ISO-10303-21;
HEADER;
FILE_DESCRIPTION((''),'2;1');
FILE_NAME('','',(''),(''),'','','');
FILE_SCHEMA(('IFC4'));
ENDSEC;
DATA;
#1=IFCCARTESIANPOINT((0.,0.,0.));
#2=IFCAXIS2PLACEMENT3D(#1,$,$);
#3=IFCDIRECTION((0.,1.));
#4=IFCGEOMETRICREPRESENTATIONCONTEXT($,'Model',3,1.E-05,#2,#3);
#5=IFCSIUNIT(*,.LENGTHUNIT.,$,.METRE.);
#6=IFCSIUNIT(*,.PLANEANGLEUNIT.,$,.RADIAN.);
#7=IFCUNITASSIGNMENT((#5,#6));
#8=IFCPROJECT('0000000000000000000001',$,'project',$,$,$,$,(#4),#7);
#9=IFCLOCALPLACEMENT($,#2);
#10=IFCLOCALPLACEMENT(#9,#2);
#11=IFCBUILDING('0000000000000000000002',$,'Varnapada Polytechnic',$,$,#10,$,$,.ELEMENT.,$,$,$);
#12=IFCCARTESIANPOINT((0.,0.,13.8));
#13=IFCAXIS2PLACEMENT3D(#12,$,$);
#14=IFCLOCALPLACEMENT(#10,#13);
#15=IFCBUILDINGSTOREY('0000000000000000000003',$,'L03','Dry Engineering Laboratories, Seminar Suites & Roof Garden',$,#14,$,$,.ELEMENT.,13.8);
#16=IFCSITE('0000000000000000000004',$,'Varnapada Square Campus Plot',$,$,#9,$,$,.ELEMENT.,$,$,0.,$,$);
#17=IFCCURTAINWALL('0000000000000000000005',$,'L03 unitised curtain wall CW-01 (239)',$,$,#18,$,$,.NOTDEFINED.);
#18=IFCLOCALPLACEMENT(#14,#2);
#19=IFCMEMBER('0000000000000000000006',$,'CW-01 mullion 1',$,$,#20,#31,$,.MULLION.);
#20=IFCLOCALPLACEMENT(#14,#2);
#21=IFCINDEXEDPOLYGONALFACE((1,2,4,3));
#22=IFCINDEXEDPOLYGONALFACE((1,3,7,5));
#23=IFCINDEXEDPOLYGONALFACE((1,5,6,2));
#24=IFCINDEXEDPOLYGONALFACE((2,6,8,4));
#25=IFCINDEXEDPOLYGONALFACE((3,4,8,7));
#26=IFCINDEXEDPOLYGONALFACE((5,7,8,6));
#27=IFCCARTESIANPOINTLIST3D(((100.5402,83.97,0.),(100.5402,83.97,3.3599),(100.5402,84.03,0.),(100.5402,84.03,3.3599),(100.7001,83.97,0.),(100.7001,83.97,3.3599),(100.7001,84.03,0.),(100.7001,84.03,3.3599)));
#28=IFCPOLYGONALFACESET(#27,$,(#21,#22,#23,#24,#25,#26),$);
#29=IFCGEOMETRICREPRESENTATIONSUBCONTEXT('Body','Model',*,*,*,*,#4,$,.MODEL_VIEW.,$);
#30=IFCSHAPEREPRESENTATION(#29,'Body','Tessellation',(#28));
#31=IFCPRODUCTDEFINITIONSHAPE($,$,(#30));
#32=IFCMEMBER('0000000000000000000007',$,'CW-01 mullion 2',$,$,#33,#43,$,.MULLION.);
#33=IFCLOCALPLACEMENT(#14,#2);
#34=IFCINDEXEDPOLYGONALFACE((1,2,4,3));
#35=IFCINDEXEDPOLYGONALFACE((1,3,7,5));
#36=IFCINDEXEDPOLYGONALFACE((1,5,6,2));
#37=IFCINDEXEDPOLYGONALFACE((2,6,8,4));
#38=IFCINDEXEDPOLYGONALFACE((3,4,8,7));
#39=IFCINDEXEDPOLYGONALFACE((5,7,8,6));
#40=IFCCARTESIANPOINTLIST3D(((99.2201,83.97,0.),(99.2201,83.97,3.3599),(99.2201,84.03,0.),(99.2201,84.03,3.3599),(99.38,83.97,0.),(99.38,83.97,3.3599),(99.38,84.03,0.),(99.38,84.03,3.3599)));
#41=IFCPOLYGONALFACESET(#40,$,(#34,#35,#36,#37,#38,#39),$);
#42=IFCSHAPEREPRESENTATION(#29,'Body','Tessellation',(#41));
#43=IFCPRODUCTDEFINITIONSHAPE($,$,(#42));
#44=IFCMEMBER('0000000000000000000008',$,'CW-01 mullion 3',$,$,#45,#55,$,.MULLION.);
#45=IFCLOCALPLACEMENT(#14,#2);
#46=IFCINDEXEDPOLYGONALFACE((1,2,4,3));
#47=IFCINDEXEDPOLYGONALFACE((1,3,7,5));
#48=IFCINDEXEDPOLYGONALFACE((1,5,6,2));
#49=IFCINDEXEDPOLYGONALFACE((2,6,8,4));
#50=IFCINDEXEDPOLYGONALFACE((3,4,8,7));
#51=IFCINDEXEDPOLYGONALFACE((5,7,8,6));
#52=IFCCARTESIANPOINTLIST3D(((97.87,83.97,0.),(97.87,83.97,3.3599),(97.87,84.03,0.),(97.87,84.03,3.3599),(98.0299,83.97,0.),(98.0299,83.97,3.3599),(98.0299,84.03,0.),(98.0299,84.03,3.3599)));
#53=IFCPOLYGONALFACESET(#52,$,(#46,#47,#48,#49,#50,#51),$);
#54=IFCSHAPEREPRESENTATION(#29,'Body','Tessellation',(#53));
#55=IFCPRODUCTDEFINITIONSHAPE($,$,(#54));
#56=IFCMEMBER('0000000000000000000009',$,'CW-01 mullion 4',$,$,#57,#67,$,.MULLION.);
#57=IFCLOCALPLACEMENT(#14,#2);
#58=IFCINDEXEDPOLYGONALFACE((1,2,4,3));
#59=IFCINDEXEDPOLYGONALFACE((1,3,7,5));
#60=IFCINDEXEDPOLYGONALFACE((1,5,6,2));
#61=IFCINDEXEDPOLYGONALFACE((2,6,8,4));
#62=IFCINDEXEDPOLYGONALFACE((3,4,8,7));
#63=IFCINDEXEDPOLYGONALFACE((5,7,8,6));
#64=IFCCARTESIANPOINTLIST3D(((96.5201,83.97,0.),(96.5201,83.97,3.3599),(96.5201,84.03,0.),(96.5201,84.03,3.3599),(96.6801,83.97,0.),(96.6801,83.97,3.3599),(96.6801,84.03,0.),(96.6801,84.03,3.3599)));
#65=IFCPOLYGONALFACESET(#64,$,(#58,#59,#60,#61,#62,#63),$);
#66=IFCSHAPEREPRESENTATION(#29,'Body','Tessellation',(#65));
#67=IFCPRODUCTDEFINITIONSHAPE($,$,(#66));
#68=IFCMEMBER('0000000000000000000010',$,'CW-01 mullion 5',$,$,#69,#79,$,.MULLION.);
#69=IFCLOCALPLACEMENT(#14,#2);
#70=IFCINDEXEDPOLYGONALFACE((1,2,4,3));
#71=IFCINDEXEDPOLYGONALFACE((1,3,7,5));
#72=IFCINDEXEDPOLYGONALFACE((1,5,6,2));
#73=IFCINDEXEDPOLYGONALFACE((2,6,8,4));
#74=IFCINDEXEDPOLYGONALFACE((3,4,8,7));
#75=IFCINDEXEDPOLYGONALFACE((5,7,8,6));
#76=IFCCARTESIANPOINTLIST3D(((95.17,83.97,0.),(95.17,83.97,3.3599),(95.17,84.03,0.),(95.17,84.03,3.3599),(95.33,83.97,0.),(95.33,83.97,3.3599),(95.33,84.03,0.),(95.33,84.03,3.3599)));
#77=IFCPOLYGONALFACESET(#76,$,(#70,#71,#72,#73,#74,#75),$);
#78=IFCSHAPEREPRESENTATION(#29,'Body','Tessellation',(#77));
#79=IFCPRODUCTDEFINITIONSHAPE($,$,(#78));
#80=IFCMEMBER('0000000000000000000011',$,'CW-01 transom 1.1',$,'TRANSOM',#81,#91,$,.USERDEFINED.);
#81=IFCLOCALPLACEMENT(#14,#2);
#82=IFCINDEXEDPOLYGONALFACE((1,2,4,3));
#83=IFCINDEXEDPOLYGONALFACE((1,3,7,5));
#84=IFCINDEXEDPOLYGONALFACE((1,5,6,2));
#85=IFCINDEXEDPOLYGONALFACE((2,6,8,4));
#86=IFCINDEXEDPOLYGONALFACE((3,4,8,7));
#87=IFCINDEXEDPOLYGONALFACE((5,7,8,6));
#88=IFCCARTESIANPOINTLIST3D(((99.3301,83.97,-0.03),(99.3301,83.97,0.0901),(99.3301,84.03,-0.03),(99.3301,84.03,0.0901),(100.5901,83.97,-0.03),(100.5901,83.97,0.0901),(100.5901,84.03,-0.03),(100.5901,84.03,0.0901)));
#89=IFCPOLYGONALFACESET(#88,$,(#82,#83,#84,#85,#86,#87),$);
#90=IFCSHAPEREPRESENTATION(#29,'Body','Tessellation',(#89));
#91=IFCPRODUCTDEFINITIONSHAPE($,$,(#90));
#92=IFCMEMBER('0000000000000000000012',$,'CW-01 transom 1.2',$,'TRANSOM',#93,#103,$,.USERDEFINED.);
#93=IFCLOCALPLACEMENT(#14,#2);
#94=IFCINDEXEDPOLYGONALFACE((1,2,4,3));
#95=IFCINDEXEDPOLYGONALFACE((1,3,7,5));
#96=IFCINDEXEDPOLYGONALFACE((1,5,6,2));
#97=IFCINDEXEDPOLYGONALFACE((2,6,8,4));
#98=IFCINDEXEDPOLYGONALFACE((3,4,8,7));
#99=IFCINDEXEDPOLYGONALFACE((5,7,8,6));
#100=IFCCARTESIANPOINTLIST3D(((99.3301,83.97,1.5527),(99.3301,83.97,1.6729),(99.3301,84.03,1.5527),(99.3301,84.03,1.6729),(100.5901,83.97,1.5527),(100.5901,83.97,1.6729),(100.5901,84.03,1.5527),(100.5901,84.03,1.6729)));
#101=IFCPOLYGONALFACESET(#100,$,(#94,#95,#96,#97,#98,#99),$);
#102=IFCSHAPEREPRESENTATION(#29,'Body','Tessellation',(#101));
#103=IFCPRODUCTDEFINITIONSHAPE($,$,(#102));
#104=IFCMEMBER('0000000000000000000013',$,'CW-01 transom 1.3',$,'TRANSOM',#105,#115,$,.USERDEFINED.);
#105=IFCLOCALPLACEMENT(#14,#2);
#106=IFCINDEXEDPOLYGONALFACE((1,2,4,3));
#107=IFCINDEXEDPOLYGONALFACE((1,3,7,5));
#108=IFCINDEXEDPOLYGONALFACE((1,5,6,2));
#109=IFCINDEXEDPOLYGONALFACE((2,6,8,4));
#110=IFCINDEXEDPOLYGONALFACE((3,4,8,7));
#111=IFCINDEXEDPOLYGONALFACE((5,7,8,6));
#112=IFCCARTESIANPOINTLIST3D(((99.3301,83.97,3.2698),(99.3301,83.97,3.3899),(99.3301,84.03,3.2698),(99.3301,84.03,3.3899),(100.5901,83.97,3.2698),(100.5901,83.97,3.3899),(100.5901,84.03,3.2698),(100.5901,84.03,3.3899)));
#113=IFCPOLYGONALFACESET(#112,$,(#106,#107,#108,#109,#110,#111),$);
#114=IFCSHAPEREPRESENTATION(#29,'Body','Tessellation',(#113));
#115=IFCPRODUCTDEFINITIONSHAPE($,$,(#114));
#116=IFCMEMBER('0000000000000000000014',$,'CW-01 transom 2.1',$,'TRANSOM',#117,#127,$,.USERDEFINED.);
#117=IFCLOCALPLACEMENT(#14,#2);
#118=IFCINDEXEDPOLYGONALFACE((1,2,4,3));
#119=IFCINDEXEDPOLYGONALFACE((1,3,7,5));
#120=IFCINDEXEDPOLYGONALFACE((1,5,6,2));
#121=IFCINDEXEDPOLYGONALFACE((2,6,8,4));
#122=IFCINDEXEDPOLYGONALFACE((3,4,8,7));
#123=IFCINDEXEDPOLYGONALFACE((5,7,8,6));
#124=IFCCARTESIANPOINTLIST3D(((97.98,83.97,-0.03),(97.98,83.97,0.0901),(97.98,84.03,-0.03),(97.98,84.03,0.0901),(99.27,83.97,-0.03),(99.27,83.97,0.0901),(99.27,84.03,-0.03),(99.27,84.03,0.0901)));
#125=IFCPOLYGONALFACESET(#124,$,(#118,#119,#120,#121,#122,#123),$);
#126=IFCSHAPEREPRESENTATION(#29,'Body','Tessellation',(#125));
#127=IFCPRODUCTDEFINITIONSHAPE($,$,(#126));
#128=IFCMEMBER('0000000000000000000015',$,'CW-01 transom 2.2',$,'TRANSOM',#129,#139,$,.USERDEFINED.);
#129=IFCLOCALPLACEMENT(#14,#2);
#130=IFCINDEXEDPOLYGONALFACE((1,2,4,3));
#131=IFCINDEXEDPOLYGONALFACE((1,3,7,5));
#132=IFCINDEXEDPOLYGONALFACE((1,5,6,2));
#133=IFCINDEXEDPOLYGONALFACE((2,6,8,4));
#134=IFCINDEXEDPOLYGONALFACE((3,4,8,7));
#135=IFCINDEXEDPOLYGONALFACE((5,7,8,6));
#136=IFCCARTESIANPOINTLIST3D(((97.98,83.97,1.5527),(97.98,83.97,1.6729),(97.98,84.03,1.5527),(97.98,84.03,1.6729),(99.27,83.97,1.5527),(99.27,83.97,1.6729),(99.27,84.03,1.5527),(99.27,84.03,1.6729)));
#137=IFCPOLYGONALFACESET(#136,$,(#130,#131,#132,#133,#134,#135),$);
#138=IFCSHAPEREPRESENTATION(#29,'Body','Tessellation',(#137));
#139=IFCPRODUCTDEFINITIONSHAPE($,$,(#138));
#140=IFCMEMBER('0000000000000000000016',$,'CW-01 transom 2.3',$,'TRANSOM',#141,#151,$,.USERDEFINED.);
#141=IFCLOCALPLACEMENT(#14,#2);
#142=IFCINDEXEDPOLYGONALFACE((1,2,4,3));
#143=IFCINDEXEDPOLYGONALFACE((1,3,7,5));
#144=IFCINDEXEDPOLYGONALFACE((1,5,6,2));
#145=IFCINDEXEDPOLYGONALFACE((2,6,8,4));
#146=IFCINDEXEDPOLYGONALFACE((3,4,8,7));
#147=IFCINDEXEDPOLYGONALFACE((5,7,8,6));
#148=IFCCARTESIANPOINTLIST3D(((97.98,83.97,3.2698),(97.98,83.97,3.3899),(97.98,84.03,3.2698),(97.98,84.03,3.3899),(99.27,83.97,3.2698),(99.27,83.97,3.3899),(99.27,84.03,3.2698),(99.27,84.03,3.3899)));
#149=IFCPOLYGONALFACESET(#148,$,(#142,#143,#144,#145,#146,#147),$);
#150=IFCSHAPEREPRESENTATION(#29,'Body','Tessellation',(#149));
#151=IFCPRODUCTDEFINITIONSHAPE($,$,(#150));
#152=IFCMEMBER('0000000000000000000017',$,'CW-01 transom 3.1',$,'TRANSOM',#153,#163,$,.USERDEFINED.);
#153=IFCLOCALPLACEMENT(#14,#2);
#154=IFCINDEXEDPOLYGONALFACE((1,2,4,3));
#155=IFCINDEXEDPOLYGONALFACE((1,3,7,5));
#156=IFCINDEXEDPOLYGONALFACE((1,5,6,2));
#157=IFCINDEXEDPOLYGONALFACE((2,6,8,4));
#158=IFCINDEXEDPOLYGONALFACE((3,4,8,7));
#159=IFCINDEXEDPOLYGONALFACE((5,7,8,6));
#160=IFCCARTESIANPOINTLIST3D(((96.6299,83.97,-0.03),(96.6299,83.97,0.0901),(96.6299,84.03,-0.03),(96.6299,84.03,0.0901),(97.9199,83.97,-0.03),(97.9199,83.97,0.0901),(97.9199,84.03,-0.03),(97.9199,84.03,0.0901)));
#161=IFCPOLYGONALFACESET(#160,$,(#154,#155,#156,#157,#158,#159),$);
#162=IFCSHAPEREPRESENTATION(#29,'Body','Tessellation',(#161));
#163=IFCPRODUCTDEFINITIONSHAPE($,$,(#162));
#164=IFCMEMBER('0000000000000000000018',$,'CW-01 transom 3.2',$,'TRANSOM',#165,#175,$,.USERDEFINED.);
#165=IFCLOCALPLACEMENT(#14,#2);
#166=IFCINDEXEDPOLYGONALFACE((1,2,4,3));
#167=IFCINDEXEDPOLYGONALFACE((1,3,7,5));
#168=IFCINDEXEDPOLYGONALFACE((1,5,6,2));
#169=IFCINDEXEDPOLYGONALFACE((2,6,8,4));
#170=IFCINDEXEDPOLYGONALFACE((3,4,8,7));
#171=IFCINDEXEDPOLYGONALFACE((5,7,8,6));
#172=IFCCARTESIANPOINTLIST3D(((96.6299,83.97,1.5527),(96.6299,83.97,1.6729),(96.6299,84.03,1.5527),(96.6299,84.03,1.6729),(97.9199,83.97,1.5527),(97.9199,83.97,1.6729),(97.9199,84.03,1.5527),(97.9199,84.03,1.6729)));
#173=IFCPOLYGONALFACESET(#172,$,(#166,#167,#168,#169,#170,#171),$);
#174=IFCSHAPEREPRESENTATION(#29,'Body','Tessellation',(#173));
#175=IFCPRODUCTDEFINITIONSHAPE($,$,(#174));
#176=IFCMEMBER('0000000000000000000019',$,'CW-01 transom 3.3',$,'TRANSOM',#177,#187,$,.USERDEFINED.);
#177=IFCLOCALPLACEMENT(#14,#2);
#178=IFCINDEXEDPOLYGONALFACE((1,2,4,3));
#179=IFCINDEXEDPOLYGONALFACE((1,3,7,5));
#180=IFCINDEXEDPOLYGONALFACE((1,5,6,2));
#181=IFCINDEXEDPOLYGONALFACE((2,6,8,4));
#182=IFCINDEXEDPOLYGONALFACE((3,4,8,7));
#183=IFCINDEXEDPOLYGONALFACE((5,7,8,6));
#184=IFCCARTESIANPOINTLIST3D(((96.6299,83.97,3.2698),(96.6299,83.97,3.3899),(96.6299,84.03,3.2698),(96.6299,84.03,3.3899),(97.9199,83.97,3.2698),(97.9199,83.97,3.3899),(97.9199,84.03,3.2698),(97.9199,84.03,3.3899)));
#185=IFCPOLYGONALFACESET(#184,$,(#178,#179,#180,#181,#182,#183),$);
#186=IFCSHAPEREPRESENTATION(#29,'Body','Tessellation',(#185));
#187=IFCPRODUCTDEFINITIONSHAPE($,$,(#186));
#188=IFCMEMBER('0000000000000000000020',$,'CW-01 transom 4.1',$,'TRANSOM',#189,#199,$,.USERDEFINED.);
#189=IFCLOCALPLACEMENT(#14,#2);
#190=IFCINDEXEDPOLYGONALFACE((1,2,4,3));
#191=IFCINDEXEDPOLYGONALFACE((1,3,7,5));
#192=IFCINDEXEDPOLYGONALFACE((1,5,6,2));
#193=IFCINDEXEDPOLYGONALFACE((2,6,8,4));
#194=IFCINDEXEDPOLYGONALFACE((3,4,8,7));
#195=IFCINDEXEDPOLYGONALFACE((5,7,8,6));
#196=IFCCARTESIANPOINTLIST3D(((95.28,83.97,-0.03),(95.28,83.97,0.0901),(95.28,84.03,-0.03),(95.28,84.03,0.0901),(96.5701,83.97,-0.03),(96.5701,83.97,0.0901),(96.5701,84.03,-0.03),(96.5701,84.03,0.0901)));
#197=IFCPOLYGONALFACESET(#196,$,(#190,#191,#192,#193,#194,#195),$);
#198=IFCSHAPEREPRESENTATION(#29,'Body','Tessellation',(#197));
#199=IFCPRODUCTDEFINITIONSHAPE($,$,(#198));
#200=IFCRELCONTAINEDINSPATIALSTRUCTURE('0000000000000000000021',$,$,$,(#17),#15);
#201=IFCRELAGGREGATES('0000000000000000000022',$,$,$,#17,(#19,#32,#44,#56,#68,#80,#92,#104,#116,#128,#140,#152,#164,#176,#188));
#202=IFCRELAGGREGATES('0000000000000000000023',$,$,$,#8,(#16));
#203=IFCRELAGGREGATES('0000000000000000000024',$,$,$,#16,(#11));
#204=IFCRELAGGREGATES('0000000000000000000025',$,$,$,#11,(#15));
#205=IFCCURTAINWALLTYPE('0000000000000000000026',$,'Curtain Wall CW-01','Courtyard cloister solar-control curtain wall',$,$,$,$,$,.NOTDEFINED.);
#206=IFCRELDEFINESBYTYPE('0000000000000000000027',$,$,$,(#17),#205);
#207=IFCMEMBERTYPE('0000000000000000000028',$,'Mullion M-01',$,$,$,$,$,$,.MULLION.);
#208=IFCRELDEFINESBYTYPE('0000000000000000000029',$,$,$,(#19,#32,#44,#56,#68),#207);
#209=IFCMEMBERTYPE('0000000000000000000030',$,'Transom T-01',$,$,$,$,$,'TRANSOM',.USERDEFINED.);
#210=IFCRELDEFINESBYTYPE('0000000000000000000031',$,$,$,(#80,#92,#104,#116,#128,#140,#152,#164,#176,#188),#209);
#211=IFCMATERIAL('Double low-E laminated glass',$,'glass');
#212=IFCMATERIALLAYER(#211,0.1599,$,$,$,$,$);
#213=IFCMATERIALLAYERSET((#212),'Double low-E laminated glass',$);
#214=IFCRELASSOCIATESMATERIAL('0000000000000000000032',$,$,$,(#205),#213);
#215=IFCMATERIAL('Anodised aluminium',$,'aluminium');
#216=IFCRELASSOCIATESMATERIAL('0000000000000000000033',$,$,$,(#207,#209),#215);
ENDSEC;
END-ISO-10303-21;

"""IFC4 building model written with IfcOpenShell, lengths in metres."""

from ifc_helpers import new_model, si_unit, direction, frame, origin, origin_2d, place, context, subcontext, project, spatial, rectangle, extrude, material, layer, layer_set, material_profile, profile_set, type_object, element, aggregate, save


model = new_model("IFC4")

# Units and contexts
model_context = context("Model", 3, precision=1e-05, world=origin(), true_north=direction((0.0, 1.0)))
body_context = subcontext(model_context, "Body", "Model", "MODEL_VIEW")
ifc_project = project(units=[si_unit("LENGTHUNIT", "METRE"), si_unit("PLANEANGLEUNIT", "RADIAN")], contexts=[model_context])

# Site, building, storey
site_placement = place(None, origin())
site = spatial("IfcSite", under=ifc_project, at=site_placement, Name="Varnapada Square Campus Plot", CompositionType="ELEMENT", RefElevation=0.0)
building_placement = place(site_placement, origin())
building = spatial("IfcBuilding", under=site, at=building_placement, Name="Varnapada Polytechnic", CompositionType="ELEMENT")
storey_placement = place(building_placement, frame((0.0, 0.0, 13.8)))
storey = spatial("IfcBuildingStorey", under=building, at=storey_placement, Name="L03", Description="Dry Engineering Laboratories, Seminar Suites & Roof Garden", CompositionType="ELEMENT", Elevation=13.8)

# Curtain wall, members
ifc_material_1 = material(Name="Double low-E laminated glass", Category="glass")
ifc_layer_1 = layer(ifc_material_1, 0.1599)
ifc_layer_set_1 = layer_set([ifc_layer_1], Name="Double low-E laminated glass")
curtain_wall_type = type_object("IfcCurtainWallType", Name="Curtain Wall CW-01", Description="Courtyard cloister solar-control curtain wall", PredefinedType="NOTDEFINED", material=ifc_layer_set_1)
curtain_wall_placement = place(storey_placement, origin())
curtain_wall = element("IfcCurtainWall", 1, at=curtain_wall_placement, inside=storey, type_object=curtain_wall_type, Name="L03 unitised curtain wall CW-01 (239)", PredefinedType="NOTDEFINED")
ifc_material_2 = material(Name="Anodised aluminium", Category="aluminium")
ifc_material_profile_1 = material_profile(ifc_material_2, rectangle(XDim=0.0601, YDim=0.1599, at=origin_2d()), Name="ALU M60x160")
ifc_profile_set_1 = profile_set([ifc_material_profile_1], Name="Anodised aluminium")
member_type_1 = type_object("IfcMemberType", Name="Mullion M-01", PredefinedType="MULLION", material=ifc_profile_set_1)
member_1_placement = place(storey_placement, frame((100.6201, 84.0, 0.0), z_axis=(0.0, 0.0, 1.0), x_axis=(0.0, -1.0, 0.0)))
member_1 = element("IfcMember", 2, at=member_1_placement, type_object=member_type_1, Name="CW-01 mullion 1", PredefinedType="MULLION", context=body_context, shape_type="SweptSolid", body=[
    extrude(rectangle(XDim=0.0601, YDim=0.1599, at=origin_2d()), origin(), (0.0, 0.0, 1.0), 3.3599),
])
member_2_placement = place(storey_placement, frame((99.3, 84.0, 0.0), z_axis=(0.0, 0.0, 1.0), x_axis=(0.0, -1.0, 0.0)))
member_2 = element("IfcMember", 3, at=member_2_placement, type_object=member_type_1, Name="CW-01 mullion 2", PredefinedType="MULLION", context=body_context, shape_type="SweptSolid", body=[
    extrude(rectangle(XDim=0.0601, YDim=0.1599, at=origin_2d()), origin(), (0.0, 0.0, 1.0), 3.3599),
])
member_3_placement = place(storey_placement, frame((97.95, 84.0, 0.0), z_axis=(0.0, 0.0, 1.0), x_axis=(0.0, -1.0, 0.0)))
member_3 = element("IfcMember", 4, at=member_3_placement, type_object=member_type_1, Name="CW-01 mullion 3", PredefinedType="MULLION", context=body_context, shape_type="SweptSolid", body=[
    extrude(rectangle(XDim=0.0601, YDim=0.1599, at=origin_2d()), origin(), (0.0, 0.0, 1.0), 3.3599),
])
member_4_placement = place(storey_placement, frame((96.6001, 84.0, 0.0), z_axis=(0.0, 0.0, 1.0), x_axis=(0.0, -1.0, 0.0)))
member_4 = element("IfcMember", 5, at=member_4_placement, type_object=member_type_1, Name="CW-01 mullion 4", PredefinedType="MULLION", context=body_context, shape_type="SweptSolid", body=[
    extrude(rectangle(XDim=0.0601, YDim=0.1599, at=origin_2d()), origin(), (0.0, 0.0, 1.0), 3.3599),
])
member_5_placement = place(storey_placement, frame((95.25, 84.0, 0.0), z_axis=(0.0, 0.0, 1.0), x_axis=(0.0, -1.0, 0.0)))
member_5 = element("IfcMember", 6, at=member_5_placement, type_object=member_type_1, Name="CW-01 mullion 5", PredefinedType="MULLION", context=body_context, shape_type="SweptSolid", body=[
    extrude(rectangle(XDim=0.0601, YDim=0.1599, at=origin_2d()), origin(), (0.0, 0.0, 1.0), 3.3599),
])
ifc_material_profile_2 = material_profile(ifc_material_2, rectangle(XDim=0.0601, YDim=0.1201, at=origin_2d()), Name="ALU T60x120")
ifc_profile_set_2 = profile_set([ifc_material_profile_2], Name="Anodised aluminium")
member_type_2 = type_object("IfcMemberType", Name="Transom T-01", ElementType="TRANSOM", PredefinedType="USERDEFINED", material=ifc_profile_set_2)
member_6_placement = place(storey_placement, frame((100.5901, 84.0, 0.03), z_axis=(-1.0, 0.0, 0.0), x_axis=(0.0, -1.0, 0.0)))
member_6 = element("IfcMember", 7, at=member_6_placement, type_object=member_type_2, Name="CW-01 transom 1.1", ObjectType="TRANSOM", PredefinedType="USERDEFINED", context=body_context, shape_type="SweptSolid", body=[
    extrude(rectangle(XDim=0.0601, YDim=0.1201, at=origin_2d()), origin(), (0.0, 0.0, 1.0), 1.26),
])
member_7_placement = place(storey_placement, frame((100.5901, 84.0, 1.6128), z_axis=(-1.0, 0.0, 0.0), x_axis=(0.0, -1.0, 0.0)))
member_7 = element("IfcMember", 8, at=member_7_placement, type_object=member_type_2, Name="CW-01 transom 1.2", ObjectType="TRANSOM", PredefinedType="USERDEFINED", context=body_context, shape_type="SweptSolid", body=[
    extrude(rectangle(XDim=0.0601, YDim=0.1201, at=origin_2d()), origin(), (0.0, 0.0, 1.0), 1.26),
])
member_8_placement = place(storey_placement, frame((100.5901, 84.0, 3.3298), z_axis=(-1.0, 0.0, 0.0), x_axis=(0.0, -1.0, 0.0)))
member_8 = element("IfcMember", 9, at=member_8_placement, type_object=member_type_2, Name="CW-01 transom 1.3", ObjectType="TRANSOM", PredefinedType="USERDEFINED", context=body_context, shape_type="SweptSolid", body=[
    extrude(rectangle(XDim=0.0601, YDim=0.1201, at=origin_2d()), origin(), (0.0, 0.0, 1.0), 1.26),
])
member_9_placement = place(storey_placement, frame((99.27, 84.0, 0.03), z_axis=(-1.0, 0.0, 0.0), x_axis=(0.0, -1.0, 0.0)))
member_9 = element("IfcMember", 10, at=member_9_placement, type_object=member_type_2, Name="CW-01 transom 2.1", ObjectType="TRANSOM", PredefinedType="USERDEFINED", context=body_context, shape_type="SweptSolid", body=[
    extrude(rectangle(XDim=0.0601, YDim=0.1201, at=origin_2d()), origin(), (0.0, 0.0, 1.0), 1.29),
])
member_10_placement = place(storey_placement, frame((99.27, 84.0, 1.6128), z_axis=(-1.0, 0.0, 0.0), x_axis=(0.0, -1.0, 0.0)))
member_10 = element("IfcMember", 11, at=member_10_placement, type_object=member_type_2, Name="CW-01 transom 2.2", ObjectType="TRANSOM", PredefinedType="USERDEFINED", context=body_context, shape_type="SweptSolid", body=[
    extrude(rectangle(XDim=0.0601, YDim=0.1201, at=origin_2d()), origin(), (0.0, 0.0, 1.0), 1.29),
])
member_11_placement = place(storey_placement, frame((99.27, 84.0, 3.3298), z_axis=(-1.0, 0.0, 0.0), x_axis=(0.0, -1.0, 0.0)))
member_11 = element("IfcMember", 12, at=member_11_placement, type_object=member_type_2, Name="CW-01 transom 2.3", ObjectType="TRANSOM", PredefinedType="USERDEFINED", context=body_context, shape_type="SweptSolid", body=[
    extrude(rectangle(XDim=0.0601, YDim=0.1201, at=origin_2d()), origin(), (0.0, 0.0, 1.0), 1.29),
])
member_12_placement = place(storey_placement, frame((97.9199, 84.0, 0.03), z_axis=(-1.0, 0.0, 0.0), x_axis=(0.0, -1.0, 0.0)))
member_12 = element("IfcMember", 13, at=member_12_placement, type_object=member_type_2, Name="CW-01 transom 3.1", ObjectType="TRANSOM", PredefinedType="USERDEFINED", context=body_context, shape_type="SweptSolid", body=[
    extrude(rectangle(XDim=0.0601, YDim=0.1201, at=origin_2d()), origin(), (0.0, 0.0, 1.0), 1.29),
])
member_13_placement = place(storey_placement, frame((97.9199, 84.0, 1.6128), z_axis=(-1.0, 0.0, 0.0), x_axis=(0.0, -1.0, 0.0)))
member_13 = element("IfcMember", 14, at=member_13_placement, type_object=member_type_2, Name="CW-01 transom 3.2", ObjectType="TRANSOM", PredefinedType="USERDEFINED", context=body_context, shape_type="SweptSolid", body=[
    extrude(rectangle(XDim=0.0601, YDim=0.1201, at=origin_2d()), origin(), (0.0, 0.0, 1.0), 1.29),
])
member_14_placement = place(storey_placement, frame((97.9199, 84.0, 3.3298), z_axis=(-1.0, 0.0, 0.0), x_axis=(0.0, -1.0, 0.0)))
member_14 = element("IfcMember", 15, at=member_14_placement, type_object=member_type_2, Name="CW-01 transom 3.3", ObjectType="TRANSOM", PredefinedType="USERDEFINED", context=body_context, shape_type="SweptSolid", body=[
    extrude(rectangle(XDim=0.0601, YDim=0.1201, at=origin_2d()), origin(), (0.0, 0.0, 1.0), 1.29),
])
member_15_placement = place(storey_placement, frame((96.5701, 84.0, 0.03), z_axis=(-1.0, 0.0, 0.0), x_axis=(0.0, -1.0, 0.0)))
member_15 = element("IfcMember", 16, at=member_15_placement, type_object=member_type_2, Name="CW-01 transom 4.1", ObjectType="TRANSOM", PredefinedType="USERDEFINED", context=body_context, shape_type="SweptSolid", body=[
    extrude(rectangle(XDim=0.0601, YDim=0.1201, at=origin_2d()), origin(), (0.0, 0.0, 1.0), 1.29),
])
aggregate(curtain_wall, [member_1, member_2, member_3, member_4, member_5, member_6, member_7, member_8, member_9, member_10, member_11, member_12, member_13, member_14, member_15])

save(model, "model.ifc")
